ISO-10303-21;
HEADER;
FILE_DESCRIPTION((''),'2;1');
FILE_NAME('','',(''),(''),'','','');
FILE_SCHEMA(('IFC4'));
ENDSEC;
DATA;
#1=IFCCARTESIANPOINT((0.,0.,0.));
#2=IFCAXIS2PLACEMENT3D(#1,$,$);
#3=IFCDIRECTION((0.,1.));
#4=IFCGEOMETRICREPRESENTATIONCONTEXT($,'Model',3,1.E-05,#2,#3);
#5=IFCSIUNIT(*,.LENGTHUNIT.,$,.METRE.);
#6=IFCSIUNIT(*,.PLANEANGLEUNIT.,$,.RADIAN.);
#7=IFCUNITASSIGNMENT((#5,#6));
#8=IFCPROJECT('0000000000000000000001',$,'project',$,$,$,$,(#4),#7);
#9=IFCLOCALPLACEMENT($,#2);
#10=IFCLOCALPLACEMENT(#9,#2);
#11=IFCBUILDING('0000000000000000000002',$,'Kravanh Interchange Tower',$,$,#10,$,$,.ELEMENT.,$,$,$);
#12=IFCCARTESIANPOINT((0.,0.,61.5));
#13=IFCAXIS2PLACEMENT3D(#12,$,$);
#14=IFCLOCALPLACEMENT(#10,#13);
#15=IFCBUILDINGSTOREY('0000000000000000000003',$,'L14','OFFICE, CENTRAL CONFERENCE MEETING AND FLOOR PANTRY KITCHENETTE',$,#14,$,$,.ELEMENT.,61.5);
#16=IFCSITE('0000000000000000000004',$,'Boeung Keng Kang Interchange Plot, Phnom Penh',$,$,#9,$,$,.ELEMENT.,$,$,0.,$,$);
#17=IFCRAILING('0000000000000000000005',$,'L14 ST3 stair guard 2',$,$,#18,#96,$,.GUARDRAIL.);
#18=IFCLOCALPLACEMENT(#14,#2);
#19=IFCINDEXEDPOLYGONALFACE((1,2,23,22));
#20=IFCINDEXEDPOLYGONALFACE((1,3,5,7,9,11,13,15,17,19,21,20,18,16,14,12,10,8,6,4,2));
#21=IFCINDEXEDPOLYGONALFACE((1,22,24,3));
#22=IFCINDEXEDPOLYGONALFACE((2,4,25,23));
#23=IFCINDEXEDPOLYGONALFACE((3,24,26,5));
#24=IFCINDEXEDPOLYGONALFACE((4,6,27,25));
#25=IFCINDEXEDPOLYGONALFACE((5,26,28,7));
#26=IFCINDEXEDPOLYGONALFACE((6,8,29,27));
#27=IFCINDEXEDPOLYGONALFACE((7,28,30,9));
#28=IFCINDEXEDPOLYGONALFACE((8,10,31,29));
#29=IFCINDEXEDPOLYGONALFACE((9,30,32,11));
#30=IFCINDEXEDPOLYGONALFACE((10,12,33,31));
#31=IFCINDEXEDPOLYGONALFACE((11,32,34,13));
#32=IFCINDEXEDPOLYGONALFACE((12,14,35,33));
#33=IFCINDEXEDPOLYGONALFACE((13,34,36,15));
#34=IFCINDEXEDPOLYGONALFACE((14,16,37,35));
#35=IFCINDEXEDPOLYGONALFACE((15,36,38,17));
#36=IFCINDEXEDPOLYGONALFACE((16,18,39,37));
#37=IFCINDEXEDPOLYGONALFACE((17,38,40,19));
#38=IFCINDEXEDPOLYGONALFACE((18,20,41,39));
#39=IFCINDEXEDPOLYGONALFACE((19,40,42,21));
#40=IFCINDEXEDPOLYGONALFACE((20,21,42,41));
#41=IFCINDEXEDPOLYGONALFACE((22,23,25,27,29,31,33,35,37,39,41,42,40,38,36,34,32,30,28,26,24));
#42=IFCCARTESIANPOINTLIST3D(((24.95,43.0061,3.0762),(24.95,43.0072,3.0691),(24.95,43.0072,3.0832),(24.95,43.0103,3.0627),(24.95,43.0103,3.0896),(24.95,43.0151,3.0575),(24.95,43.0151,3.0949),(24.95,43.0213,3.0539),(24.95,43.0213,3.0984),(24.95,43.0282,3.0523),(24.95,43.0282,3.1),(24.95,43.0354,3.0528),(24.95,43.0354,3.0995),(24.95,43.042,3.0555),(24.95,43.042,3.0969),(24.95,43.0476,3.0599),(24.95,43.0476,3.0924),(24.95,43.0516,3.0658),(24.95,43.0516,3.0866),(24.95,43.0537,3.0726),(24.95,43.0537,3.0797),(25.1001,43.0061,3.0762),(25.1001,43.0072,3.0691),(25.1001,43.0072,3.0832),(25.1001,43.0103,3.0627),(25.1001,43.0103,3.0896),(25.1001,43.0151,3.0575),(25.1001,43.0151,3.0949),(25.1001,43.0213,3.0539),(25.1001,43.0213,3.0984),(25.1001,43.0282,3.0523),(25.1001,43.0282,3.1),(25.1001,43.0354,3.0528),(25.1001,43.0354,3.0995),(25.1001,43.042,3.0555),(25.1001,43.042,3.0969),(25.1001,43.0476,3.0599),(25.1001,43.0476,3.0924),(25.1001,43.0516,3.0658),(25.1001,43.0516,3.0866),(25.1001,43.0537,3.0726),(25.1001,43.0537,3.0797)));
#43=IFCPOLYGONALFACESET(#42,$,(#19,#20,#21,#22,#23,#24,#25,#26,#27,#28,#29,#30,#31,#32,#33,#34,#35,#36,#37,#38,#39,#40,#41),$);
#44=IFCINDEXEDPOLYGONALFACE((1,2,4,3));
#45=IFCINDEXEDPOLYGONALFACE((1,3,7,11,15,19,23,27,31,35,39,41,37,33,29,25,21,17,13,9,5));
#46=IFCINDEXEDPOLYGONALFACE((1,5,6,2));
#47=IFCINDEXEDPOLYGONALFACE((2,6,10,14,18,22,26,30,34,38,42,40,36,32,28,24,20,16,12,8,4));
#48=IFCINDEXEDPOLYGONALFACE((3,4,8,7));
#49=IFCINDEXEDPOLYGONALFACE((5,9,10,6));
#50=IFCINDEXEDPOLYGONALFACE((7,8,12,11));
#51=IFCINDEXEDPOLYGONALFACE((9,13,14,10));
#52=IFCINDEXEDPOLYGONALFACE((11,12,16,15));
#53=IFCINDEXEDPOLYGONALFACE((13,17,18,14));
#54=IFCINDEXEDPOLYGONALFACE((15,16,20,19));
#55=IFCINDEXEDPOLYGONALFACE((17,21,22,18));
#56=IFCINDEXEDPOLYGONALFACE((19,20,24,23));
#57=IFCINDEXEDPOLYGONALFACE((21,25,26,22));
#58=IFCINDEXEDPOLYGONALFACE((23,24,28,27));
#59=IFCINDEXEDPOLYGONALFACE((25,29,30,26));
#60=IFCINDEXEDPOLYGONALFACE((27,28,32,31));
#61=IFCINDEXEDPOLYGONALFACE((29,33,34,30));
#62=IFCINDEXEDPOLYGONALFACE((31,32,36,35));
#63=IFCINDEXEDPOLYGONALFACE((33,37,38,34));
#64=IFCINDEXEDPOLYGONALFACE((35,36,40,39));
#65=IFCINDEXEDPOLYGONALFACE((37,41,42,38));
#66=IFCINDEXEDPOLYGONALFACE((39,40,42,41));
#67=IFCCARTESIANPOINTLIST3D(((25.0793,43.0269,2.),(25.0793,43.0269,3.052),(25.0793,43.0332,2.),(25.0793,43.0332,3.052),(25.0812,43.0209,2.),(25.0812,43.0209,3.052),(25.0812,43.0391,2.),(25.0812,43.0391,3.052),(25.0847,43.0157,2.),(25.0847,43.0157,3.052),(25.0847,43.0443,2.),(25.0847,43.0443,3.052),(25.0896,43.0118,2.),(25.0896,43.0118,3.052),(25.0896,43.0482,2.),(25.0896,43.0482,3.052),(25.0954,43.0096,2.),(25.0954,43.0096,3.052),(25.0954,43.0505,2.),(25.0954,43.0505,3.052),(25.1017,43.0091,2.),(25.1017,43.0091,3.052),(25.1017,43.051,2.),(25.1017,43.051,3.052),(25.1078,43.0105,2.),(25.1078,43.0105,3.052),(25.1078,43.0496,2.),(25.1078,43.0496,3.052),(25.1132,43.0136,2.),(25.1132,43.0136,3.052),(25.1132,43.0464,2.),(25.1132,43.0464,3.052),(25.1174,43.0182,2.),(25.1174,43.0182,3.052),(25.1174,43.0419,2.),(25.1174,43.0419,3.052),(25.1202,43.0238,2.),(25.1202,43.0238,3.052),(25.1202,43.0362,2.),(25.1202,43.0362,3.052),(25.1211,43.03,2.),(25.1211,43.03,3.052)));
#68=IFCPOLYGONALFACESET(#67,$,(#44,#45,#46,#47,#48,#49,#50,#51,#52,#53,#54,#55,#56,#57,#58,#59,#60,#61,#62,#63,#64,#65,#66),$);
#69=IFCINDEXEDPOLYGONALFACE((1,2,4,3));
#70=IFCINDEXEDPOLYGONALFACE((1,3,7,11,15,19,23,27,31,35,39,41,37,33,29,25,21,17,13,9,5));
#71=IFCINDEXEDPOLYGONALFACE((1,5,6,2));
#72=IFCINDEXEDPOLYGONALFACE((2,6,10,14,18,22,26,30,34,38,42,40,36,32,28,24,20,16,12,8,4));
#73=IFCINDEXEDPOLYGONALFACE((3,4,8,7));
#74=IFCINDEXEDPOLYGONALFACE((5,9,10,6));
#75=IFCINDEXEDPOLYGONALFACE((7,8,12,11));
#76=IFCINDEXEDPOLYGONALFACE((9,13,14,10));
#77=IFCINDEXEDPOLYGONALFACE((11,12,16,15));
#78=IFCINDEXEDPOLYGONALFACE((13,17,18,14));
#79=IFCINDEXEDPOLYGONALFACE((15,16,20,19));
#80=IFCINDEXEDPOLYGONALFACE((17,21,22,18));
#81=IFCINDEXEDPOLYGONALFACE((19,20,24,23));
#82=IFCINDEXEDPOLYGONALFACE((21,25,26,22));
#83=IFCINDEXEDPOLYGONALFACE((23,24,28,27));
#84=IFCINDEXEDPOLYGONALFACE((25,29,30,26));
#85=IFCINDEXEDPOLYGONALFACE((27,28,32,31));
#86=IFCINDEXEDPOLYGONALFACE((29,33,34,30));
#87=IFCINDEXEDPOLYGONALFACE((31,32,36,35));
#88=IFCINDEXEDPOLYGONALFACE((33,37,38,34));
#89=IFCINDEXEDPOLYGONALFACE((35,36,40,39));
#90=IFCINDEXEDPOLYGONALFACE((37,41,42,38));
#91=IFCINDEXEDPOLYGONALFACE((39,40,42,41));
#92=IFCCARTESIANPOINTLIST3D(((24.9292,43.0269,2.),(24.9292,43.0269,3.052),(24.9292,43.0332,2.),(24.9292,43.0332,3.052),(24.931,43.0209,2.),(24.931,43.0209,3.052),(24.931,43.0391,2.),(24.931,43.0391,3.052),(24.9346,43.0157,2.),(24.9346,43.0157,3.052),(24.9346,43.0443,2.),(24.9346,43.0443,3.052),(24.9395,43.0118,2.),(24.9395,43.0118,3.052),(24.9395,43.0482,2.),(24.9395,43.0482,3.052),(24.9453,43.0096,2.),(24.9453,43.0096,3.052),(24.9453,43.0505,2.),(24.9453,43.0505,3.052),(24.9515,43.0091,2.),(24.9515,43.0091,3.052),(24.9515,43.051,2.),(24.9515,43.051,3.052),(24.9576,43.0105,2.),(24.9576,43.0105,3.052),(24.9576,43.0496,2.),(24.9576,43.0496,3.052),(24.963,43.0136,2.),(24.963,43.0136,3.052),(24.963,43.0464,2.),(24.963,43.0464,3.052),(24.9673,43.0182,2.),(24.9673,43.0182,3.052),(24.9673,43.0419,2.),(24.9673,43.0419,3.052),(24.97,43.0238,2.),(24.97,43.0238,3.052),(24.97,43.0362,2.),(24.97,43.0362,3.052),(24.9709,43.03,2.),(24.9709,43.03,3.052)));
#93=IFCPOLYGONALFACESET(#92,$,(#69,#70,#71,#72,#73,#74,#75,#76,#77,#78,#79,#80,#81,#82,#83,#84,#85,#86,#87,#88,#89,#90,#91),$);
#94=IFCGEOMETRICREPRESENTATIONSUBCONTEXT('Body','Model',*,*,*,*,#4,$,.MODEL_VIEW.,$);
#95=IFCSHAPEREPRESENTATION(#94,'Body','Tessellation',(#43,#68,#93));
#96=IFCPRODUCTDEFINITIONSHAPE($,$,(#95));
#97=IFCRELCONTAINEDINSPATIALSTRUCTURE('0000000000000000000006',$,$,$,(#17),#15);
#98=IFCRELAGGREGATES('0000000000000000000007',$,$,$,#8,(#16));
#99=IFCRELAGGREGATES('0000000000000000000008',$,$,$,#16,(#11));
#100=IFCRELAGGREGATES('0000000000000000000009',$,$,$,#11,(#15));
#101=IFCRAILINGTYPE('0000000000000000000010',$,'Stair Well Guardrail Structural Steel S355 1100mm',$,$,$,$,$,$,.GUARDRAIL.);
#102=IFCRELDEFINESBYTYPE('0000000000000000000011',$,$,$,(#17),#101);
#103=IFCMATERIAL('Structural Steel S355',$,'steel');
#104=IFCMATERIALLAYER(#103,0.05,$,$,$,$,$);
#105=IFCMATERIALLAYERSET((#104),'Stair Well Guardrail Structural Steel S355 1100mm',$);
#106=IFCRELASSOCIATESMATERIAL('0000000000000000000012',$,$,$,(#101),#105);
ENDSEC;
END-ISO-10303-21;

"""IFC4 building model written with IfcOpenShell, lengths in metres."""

from ifc_helpers import new_model, si_unit, direction, frame, origin, origin_2d, place, context, subcontext, project, spatial, circle, extrude, material, layer, layer_set, type_object, element, save


model = new_model("IFC4")

# Units and contexts
model_context = context("Model", 3, precision=1e-05, world=origin(), true_north=direction((0.0, 1.0)))
body_context = subcontext(model_context, "Body", "Model", "MODEL_VIEW")
ifc_project = project(units=[si_unit("LENGTHUNIT", "METRE"), si_unit("PLANEANGLEUNIT", "RADIAN")], contexts=[model_context])

# Site, building, storey
site_placement = place(None, origin())
site = spatial("IfcSite", under=ifc_project, at=site_placement, Name="Boeung Keng Kang Interchange Plot, Phnom Penh", CompositionType="ELEMENT", RefElevation=0.0)
building_placement = place(site_placement, origin())
building = spatial("IfcBuilding", under=site, at=building_placement, Name="Kravanh Interchange Tower", CompositionType="ELEMENT")
storey_placement = place(building_placement, frame((0.0, 0.0, 61.5)))
storey = spatial("IfcBuildingStorey", under=building, at=storey_placement, Name="L14", Description="OFFICE, CENTRAL CONFERENCE MEETING AND FLOOR PANTRY KITCHENETTE", CompositionType="ELEMENT", Elevation=61.5)

# Railing
ifc_material_1 = material(Name="Structural Steel S355", Category="steel")
ifc_layer_1 = layer(ifc_material_1, 0.05)
ifc_layer_set_1 = layer_set([ifc_layer_1], Name="Stair Well Guardrail Structural Steel S355 1100mm")
railing_type_1 = type_object("IfcRailingType", Name="Stair Well Guardrail Structural Steel S355 1100mm", PredefinedType="GUARDRAIL", material=ifc_layer_set_1)
railing_1_placement = place(storey_placement, frame((25.1001, 43.03, 2.0)))
element("IfcRailing", 1, at=railing_1_placement, inside=storey, type_object=railing_type_1, Name="L14 ST3 stair guard 2", PredefinedType="GUARDRAIL", context=body_context, shape_type="SweptSolid", body=[
    extrude(circle(Radius=0.0239, at=origin_2d()), frame((0.0, 0.0, 1.0762), z_axis=(-1.0, 0.0, 0.0), x_axis=(0.0, -1.0, 0.0)), (0.0, 0.0, 1.0), 0.1501),
    extrude(circle(Radius=0.021, at=origin_2d()), origin(), (0.0, 0.0, 1.0), 1.052),
    extrude(circle(Radius=0.021, at=origin_2d()), frame((-0.1501, 0.0, 0.0)), (0.0, 0.0, 1.0), 1.052),
])

save(model, "model.ifc")
